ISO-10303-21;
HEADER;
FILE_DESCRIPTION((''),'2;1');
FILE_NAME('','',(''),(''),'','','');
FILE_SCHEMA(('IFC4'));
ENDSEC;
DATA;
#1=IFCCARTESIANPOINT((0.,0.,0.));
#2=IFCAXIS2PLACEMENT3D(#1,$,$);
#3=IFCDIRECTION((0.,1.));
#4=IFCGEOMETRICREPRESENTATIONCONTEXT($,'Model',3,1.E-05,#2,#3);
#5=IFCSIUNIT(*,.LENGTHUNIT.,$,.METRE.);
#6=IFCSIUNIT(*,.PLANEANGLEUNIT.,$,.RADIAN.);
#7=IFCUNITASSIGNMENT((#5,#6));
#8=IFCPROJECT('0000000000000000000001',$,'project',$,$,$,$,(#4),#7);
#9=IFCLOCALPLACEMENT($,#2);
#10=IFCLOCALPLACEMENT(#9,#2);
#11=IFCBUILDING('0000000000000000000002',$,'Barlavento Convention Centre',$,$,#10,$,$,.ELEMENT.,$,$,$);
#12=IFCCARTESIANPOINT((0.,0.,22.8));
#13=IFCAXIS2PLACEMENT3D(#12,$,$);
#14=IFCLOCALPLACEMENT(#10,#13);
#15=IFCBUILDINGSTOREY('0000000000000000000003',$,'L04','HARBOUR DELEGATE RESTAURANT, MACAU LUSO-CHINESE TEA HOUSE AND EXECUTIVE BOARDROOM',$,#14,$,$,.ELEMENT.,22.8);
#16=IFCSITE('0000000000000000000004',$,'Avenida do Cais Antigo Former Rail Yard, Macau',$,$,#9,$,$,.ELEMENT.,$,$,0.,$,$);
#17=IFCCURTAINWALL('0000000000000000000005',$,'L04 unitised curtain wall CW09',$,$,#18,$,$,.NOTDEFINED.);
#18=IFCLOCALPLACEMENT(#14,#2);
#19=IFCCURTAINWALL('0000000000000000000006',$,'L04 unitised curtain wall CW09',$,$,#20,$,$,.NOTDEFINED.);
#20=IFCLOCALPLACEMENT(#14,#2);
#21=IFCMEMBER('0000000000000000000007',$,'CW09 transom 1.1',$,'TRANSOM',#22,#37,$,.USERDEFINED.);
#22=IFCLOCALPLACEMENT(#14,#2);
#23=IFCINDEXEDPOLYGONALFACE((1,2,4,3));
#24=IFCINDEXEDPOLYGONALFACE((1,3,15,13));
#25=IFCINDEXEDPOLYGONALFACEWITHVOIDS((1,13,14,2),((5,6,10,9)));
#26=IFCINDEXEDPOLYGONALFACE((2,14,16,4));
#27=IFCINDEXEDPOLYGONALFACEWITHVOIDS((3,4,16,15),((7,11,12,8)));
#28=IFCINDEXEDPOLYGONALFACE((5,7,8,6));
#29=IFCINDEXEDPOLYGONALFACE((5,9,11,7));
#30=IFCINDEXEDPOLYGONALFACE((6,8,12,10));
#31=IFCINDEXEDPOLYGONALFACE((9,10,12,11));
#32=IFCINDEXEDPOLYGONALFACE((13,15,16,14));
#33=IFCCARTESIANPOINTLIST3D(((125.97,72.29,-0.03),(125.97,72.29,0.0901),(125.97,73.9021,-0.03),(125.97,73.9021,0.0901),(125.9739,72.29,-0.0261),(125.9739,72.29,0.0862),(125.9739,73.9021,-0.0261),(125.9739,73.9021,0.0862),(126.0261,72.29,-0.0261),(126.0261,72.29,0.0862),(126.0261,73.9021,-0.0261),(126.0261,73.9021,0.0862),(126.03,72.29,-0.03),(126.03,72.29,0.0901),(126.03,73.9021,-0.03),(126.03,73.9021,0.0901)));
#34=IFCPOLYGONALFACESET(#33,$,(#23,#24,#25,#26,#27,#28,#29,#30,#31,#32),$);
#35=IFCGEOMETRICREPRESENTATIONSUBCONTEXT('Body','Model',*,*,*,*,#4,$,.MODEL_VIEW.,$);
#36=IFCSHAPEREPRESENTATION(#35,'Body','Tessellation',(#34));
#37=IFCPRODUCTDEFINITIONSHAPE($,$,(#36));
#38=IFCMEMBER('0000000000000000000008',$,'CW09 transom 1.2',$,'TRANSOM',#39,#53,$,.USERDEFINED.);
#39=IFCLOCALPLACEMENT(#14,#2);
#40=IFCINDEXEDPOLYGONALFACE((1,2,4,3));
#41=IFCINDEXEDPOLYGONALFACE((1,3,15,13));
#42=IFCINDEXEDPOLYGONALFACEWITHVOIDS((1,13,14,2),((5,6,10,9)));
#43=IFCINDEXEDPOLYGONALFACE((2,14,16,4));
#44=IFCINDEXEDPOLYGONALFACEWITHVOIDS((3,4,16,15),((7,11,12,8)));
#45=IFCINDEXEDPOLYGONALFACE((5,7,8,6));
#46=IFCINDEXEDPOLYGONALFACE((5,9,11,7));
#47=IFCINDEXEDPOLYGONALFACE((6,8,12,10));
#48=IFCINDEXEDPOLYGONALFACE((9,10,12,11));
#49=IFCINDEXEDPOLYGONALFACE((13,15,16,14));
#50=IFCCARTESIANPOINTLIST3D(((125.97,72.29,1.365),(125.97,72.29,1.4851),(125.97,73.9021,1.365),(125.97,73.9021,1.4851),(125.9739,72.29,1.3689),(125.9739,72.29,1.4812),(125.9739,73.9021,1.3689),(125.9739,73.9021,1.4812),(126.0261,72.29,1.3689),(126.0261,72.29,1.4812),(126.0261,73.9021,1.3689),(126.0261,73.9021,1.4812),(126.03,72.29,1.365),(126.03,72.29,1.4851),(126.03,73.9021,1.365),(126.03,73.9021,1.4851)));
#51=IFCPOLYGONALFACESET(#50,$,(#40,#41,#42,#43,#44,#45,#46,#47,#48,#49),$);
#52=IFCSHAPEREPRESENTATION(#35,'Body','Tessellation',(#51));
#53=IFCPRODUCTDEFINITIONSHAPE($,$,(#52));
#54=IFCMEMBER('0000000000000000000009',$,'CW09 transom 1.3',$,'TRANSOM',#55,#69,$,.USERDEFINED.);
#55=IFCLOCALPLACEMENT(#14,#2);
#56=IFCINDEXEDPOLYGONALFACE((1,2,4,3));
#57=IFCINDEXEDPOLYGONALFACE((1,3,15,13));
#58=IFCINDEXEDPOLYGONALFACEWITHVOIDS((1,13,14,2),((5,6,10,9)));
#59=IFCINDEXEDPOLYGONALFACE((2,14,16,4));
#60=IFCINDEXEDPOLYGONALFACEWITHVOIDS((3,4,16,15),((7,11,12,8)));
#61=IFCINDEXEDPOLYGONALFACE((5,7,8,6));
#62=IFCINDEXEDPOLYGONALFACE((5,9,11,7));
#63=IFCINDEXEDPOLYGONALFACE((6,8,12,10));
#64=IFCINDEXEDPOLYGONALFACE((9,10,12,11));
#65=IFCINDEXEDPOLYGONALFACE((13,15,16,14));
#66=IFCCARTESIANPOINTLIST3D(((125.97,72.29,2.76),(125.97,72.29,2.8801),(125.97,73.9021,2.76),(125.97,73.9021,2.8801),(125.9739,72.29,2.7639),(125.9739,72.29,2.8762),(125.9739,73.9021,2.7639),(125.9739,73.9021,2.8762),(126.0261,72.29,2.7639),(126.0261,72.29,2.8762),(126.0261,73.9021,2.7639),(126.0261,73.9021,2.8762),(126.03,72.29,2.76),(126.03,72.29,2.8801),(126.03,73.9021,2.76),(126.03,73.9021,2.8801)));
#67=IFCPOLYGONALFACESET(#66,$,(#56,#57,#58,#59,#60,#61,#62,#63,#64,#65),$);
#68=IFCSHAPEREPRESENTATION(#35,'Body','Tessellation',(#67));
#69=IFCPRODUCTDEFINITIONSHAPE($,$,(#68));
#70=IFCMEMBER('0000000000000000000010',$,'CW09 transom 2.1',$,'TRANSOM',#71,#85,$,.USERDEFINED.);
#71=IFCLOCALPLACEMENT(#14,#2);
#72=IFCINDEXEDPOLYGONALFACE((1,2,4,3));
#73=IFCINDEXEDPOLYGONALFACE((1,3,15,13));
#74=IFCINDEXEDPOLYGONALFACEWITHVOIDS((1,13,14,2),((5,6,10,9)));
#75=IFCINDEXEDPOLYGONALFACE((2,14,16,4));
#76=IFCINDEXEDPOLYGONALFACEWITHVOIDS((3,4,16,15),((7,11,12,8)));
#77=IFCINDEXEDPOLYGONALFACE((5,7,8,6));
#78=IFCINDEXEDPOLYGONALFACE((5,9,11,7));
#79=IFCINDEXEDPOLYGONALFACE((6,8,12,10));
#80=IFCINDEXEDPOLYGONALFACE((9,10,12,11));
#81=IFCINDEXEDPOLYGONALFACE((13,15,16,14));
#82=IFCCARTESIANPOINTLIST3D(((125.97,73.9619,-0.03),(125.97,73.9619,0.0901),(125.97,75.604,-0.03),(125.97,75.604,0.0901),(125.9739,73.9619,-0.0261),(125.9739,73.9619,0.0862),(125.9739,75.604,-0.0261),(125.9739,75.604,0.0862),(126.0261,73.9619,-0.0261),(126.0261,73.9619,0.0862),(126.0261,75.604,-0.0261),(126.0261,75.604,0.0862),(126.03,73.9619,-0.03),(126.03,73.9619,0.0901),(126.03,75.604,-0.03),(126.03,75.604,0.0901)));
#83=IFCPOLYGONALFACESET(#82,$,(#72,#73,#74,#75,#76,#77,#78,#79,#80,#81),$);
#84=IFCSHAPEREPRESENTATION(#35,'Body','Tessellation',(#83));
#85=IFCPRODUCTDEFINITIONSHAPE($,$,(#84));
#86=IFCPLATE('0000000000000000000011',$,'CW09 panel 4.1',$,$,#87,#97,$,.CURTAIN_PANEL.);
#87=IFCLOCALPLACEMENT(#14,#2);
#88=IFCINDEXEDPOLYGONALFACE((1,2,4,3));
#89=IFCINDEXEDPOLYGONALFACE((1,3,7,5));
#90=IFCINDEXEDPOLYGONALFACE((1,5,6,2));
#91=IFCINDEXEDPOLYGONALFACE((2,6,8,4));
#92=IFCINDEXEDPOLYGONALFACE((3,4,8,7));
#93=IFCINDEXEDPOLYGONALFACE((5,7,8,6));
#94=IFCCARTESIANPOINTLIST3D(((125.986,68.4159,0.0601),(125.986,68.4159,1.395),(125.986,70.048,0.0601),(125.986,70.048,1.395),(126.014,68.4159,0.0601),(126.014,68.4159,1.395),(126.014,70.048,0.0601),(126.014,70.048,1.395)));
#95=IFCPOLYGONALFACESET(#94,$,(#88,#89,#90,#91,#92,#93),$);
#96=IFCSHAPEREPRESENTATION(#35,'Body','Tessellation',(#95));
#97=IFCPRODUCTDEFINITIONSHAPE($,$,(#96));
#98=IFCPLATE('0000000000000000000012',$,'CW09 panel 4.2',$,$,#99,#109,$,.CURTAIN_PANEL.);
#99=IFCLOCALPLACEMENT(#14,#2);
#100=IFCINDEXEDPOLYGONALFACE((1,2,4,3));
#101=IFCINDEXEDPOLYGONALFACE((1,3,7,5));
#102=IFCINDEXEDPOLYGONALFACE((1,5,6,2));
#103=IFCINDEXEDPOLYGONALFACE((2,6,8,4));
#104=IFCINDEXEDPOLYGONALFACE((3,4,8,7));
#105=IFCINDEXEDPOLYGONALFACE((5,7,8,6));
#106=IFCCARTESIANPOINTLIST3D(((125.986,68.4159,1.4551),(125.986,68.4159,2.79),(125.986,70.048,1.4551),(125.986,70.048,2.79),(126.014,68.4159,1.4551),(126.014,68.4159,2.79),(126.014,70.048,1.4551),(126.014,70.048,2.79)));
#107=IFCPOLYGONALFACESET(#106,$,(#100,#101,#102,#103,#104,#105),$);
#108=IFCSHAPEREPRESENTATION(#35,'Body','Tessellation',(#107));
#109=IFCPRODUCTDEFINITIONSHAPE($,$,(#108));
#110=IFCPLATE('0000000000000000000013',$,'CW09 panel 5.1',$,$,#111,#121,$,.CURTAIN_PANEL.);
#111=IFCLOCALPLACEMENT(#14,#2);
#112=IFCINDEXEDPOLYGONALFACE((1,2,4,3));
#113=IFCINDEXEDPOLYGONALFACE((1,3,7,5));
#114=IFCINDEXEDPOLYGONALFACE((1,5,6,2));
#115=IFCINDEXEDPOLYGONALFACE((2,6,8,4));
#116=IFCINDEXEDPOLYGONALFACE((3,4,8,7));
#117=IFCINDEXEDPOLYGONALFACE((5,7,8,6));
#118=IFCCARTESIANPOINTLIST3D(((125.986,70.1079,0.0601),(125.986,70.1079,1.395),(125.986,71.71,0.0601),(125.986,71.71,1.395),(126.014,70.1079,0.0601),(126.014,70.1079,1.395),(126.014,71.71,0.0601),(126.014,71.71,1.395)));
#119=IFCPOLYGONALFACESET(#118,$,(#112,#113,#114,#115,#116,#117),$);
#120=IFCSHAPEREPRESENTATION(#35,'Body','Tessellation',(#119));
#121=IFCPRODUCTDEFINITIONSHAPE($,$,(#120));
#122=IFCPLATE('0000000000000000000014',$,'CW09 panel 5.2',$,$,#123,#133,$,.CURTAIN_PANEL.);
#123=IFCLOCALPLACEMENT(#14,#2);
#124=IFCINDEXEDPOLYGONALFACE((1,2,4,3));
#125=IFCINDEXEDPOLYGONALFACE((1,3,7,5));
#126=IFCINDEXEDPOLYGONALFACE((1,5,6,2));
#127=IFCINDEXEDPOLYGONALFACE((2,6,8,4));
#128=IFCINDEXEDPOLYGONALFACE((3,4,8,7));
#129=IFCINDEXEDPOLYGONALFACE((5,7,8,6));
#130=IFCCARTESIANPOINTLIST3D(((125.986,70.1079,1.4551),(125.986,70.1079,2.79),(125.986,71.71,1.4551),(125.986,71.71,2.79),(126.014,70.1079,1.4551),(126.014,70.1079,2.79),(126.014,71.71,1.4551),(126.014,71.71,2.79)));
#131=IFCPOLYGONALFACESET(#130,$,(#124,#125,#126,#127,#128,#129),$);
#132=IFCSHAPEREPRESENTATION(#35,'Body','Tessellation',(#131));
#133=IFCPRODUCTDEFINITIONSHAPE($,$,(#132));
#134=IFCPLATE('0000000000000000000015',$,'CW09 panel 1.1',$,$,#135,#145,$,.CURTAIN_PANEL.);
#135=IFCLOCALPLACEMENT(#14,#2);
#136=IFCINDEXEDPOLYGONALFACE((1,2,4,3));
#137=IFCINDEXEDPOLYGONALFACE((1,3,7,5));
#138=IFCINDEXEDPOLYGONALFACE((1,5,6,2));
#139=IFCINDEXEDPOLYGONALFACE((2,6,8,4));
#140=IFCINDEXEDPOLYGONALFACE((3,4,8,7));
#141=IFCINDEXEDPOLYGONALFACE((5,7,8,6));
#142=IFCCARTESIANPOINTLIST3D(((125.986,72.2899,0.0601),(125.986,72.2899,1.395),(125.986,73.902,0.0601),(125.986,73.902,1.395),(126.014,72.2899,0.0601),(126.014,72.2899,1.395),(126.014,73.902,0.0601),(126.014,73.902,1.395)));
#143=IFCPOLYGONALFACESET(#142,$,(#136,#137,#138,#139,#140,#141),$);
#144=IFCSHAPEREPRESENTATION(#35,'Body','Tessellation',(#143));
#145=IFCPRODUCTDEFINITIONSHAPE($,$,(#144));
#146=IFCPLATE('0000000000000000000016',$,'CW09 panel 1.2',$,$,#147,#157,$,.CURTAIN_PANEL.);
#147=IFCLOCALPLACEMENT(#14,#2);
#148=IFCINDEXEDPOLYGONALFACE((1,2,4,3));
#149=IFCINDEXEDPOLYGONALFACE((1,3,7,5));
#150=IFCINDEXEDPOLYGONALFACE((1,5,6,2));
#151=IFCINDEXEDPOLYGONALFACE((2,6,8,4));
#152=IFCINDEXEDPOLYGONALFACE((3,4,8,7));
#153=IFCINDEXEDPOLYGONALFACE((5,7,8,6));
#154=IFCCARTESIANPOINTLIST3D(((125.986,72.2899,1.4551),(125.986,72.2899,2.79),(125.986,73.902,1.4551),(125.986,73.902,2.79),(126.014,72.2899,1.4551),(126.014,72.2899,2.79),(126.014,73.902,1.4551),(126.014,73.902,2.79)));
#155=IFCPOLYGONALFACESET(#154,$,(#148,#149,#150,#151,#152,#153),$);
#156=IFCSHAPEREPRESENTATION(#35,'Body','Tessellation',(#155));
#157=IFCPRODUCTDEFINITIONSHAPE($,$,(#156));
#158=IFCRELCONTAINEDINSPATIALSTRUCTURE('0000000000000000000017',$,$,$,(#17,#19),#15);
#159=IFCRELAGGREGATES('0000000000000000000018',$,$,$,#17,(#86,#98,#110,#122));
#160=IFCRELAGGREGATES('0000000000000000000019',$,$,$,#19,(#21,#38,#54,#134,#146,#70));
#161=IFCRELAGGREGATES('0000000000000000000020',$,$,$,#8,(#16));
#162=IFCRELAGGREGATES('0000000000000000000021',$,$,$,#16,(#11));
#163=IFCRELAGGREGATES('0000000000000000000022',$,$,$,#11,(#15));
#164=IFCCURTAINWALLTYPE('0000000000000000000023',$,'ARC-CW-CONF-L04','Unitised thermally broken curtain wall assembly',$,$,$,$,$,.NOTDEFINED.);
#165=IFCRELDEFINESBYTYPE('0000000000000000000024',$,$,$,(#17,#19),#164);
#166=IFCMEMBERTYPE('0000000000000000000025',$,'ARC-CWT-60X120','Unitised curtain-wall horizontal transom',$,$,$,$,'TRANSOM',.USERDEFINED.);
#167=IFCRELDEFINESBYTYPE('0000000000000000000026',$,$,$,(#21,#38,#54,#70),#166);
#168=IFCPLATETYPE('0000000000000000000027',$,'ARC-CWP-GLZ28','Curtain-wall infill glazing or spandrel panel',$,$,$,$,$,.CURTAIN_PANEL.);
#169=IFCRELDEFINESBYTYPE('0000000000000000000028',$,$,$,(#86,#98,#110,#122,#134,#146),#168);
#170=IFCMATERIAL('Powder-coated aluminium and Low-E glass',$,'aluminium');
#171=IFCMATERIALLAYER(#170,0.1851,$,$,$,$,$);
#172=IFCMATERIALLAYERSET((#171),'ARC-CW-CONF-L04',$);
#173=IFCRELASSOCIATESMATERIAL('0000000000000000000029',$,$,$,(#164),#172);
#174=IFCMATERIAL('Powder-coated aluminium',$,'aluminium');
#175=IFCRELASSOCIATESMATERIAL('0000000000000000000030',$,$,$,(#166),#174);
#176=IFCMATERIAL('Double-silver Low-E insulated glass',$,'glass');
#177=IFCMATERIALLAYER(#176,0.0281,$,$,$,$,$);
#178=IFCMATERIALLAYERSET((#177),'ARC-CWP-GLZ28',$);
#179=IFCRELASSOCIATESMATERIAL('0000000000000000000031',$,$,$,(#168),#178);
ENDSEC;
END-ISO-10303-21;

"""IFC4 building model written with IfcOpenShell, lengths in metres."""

from ifc_helpers import new_model, si_unit, direction, frame, origin, origin_2d, place, context, subcontext, project, spatial, rectangle, hollow_rectangle, extrude, material, layer, layer_set, material_profile, profile_set, type_object, element, aggregate, save


model = new_model("IFC4")

# Units and contexts
model_context = context("Model", 3, precision=1e-05, world=origin(), true_north=direction((0.0, 1.0)))
body_context = subcontext(model_context, "Body", "Model", "MODEL_VIEW")
ifc_project = project(units=[si_unit("LENGTHUNIT", "METRE"), si_unit("PLANEANGLEUNIT", "RADIAN")], contexts=[model_context])

# Site, building, storey
site_placement = place(None, origin())
site = spatial("IfcSite", under=ifc_project, at=site_placement, Name="Avenida do Cais Antigo Former Rail Yard, Macau", CompositionType="ELEMENT", RefElevation=0.0)
building_placement = place(site_placement, origin())
building = spatial("IfcBuilding", under=site, at=building_placement, Name="Barlavento Convention Centre", CompositionType="ELEMENT")
storey_placement = place(building_placement, frame((0.0, 0.0, 22.8)))
storey = spatial("IfcBuildingStorey", under=building, at=storey_placement, Name="L04", Description="HARBOUR DELEGATE RESTAURANT, MACAU LUSO-CHINESE TEA HOUSE AND EXECUTIVE BOARDROOM", CompositionType="ELEMENT", Elevation=22.8)

# Curtain walls
ifc_material_1 = material(Name="Powder-coated aluminium and Low-E glass", Category="aluminium")
ifc_layer_1 = layer(ifc_material_1, 0.1851)
ifc_layer_set_1 = layer_set([ifc_layer_1], Name="ARC-CW-CONF-L04")
curtain_wall_type = type_object("IfcCurtainWallType", Name="ARC-CW-CONF-L04", Description="Unitised thermally broken curtain wall assembly", PredefinedType="NOTDEFINED", material=ifc_layer_set_1)
curtain_wall_1_placement = place(storey_placement, origin())
curtain_wall_1 = element("IfcCurtainWall", 1, at=curtain_wall_1_placement, inside=storey, type_object=curtain_wall_type, Name="L04 unitised curtain wall CW09", PredefinedType="NOTDEFINED")
ifc_material_2 = material(Name="Powder-coated aluminium", Category="aluminium")
curtain_wall_2_placement = place(storey_placement, origin())
curtain_wall_2 = element("IfcCurtainWall", 2, at=curtain_wall_2_placement, inside=storey, type_object=curtain_wall_type, Name="L04 unitised curtain wall CW09", PredefinedType="NOTDEFINED")

# Members
ifc_material_profile_1 = material_profile(ifc_material_2, hollow_rectangle(XDim=0.0601, YDim=0.1201, WallThickness=0.0039, at=origin_2d()), Name="AL-TRAN 60x120x4")
ifc_profile_set_1 = profile_set([ifc_material_profile_1], Name="Powder-coated aluminium")
member_type_1 = type_object("IfcMemberType", Name="ARC-CWT-60X120", Description="Unitised curtain-wall horizontal transom", ElementType="TRANSOM", PredefinedType="USERDEFINED", material=ifc_profile_set_1)
member_1_placement = place(storey_placement, frame((126.0, 72.29, 0.03), z_axis=(0.0, 1.0, 0.0), x_axis=(-1.0, 0.0, 0.0)))
member_1 = element("IfcMember", 3, at=member_1_placement, type_object=member_type_1, Name="CW09 transom 1.1", ObjectType="TRANSOM", PredefinedType="USERDEFINED", context=body_context, shape_type="SweptSolid", body=[
    extrude(hollow_rectangle(XDim=0.0601, YDim=0.1201, WallThickness=0.0039, at=origin_2d()), origin(), (0.0, 0.0, 1.0), 1.6121),
])
member_2_placement = place(storey_placement, frame((126.0, 72.29, 1.425), z_axis=(0.0, 1.0, 0.0), x_axis=(-1.0, 0.0, 0.0)))
member_2 = element("IfcMember", 4, at=member_2_placement, type_object=member_type_1, Name="CW09 transom 1.2", ObjectType="TRANSOM", PredefinedType="USERDEFINED", context=body_context, shape_type="SweptSolid", body=[
    extrude(hollow_rectangle(XDim=0.0601, YDim=0.1201, WallThickness=0.0039, at=origin_2d()), origin(), (0.0, 0.0, 1.0), 1.6121),
])
member_3_placement = place(storey_placement, frame((126.0, 72.29, 2.8201), z_axis=(0.0, 1.0, 0.0), x_axis=(-1.0, 0.0, 0.0)))
member_3 = element("IfcMember", 5, at=member_3_placement, type_object=member_type_1, Name="CW09 transom 1.3", ObjectType="TRANSOM", PredefinedType="USERDEFINED", context=body_context, shape_type="SweptSolid", body=[
    extrude(hollow_rectangle(XDim=0.0601, YDim=0.1201, WallThickness=0.0039, at=origin_2d()), origin(), (0.0, 0.0, 1.0), 1.6121),
])
member_4_placement = place(storey_placement, frame((126.0, 73.9619, 0.03), z_axis=(0.0, 1.0, 0.0), x_axis=(-1.0, 0.0, 0.0)))
member_4 = element("IfcMember", 6, at=member_4_placement, type_object=member_type_1, Name="CW09 transom 2.1", ObjectType="TRANSOM", PredefinedType="USERDEFINED", context=body_context, shape_type="SweptSolid", body=[
    extrude(hollow_rectangle(XDim=0.0601, YDim=0.1201, WallThickness=0.0039, at=origin_2d()), origin(), (0.0, 0.0, 1.0), 1.6421),
])

# Plates
ifc_material_3 = material(Name="Double-silver Low-E insulated glass", Category="glass")
ifc_layer_2 = layer(ifc_material_3, 0.0281)
ifc_layer_set_2 = layer_set([ifc_layer_2], Name="ARC-CWP-GLZ28")
plate_type = type_object("IfcPlateType", Name="ARC-CWP-GLZ28", Description="Curtain-wall infill glazing or spandrel panel", PredefinedType="CURTAIN_PANEL", material=ifc_layer_set_2)
plate_1_placement = place(storey_placement, frame((126.0, 69.2319, 0.0601), z_axis=(0.0, 0.0, 1.0), x_axis=(0.0, 1.0, 0.0)))
plate_1 = element("IfcPlate", 7, at=plate_1_placement, type_object=plate_type, Name="CW09 panel 4.1", PredefinedType="CURTAIN_PANEL", context=body_context, shape_type="SweptSolid", body=[
    extrude(rectangle(XDim=1.6321, YDim=0.0281, at=origin_2d()), origin(), (0.0, 0.0, 1.0), 1.335),
])
plate_2_placement = place(storey_placement, frame((126.0, 69.2319, 1.4551), z_axis=(0.0, 0.0, 1.0), x_axis=(0.0, 1.0, 0.0)))
plate_2 = element("IfcPlate", 8, at=plate_2_placement, type_object=plate_type, Name="CW09 panel 4.2", PredefinedType="CURTAIN_PANEL", context=body_context, shape_type="SweptSolid", body=[
    extrude(rectangle(XDim=1.6321, YDim=0.0281, at=origin_2d()), origin(), (0.0, 0.0, 1.0), 1.335),
])
plate_3_placement = place(storey_placement, frame((126.0, 70.9089, 0.0601), z_axis=(0.0, 0.0, 1.0), x_axis=(0.0, 1.0, 0.0)))
plate_3 = element("IfcPlate", 9, at=plate_3_placement, type_object=plate_type, Name="CW09 panel 5.1", PredefinedType="CURTAIN_PANEL", context=body_context, shape_type="SweptSolid", body=[
    extrude(rectangle(XDim=1.6021, YDim=0.0281, at=origin_2d()), origin(), (0.0, 0.0, 1.0), 1.335),
])
plate_4_placement = place(storey_placement, frame((126.0, 70.9089, 1.4551), z_axis=(0.0, 0.0, 1.0), x_axis=(0.0, 1.0, 0.0)))
plate_4 = element("IfcPlate", 10, at=plate_4_placement, type_object=plate_type, Name="CW09 panel 5.2", PredefinedType="CURTAIN_PANEL", context=body_context, shape_type="SweptSolid", body=[
    extrude(rectangle(XDim=1.6021, YDim=0.0281, at=origin_2d()), origin(), (0.0, 0.0, 1.0), 1.335),
])
aggregate(curtain_wall_1, [plate_1, plate_2, plate_3, plate_4])
plate_5_placement = place(storey_placement, frame((126.0, 73.0959, 0.0601), z_axis=(0.0, 0.0, 1.0), x_axis=(0.0, 1.0, 0.0)))
plate_5 = element("IfcPlate", 11, at=plate_5_placement, type_object=plate_type, Name="CW09 panel 1.1", PredefinedType="CURTAIN_PANEL", context=body_context, shape_type="SweptSolid", body=[
    extrude(rectangle(XDim=1.6121, YDim=0.0281, at=origin_2d()), origin(), (0.0, 0.0, 1.0), 1.335),
])
plate_6_placement = place(storey_placement, frame((126.0, 73.0959, 1.4551), z_axis=(0.0, 0.0, 1.0), x_axis=(0.0, 1.0, 0.0)))
plate_6 = element("IfcPlate", 12, at=plate_6_placement, type_object=plate_type, Name="CW09 panel 1.2", PredefinedType="CURTAIN_PANEL", context=body_context, shape_type="SweptSolid", body=[
    extrude(rectangle(XDim=1.6121, YDim=0.0281, at=origin_2d()), origin(), (0.0, 0.0, 1.0), 1.335),
])
aggregate(curtain_wall_2, [member_1, member_2, member_3, plate_5, plate_6, member_4])

save(model, "model.ifc")
